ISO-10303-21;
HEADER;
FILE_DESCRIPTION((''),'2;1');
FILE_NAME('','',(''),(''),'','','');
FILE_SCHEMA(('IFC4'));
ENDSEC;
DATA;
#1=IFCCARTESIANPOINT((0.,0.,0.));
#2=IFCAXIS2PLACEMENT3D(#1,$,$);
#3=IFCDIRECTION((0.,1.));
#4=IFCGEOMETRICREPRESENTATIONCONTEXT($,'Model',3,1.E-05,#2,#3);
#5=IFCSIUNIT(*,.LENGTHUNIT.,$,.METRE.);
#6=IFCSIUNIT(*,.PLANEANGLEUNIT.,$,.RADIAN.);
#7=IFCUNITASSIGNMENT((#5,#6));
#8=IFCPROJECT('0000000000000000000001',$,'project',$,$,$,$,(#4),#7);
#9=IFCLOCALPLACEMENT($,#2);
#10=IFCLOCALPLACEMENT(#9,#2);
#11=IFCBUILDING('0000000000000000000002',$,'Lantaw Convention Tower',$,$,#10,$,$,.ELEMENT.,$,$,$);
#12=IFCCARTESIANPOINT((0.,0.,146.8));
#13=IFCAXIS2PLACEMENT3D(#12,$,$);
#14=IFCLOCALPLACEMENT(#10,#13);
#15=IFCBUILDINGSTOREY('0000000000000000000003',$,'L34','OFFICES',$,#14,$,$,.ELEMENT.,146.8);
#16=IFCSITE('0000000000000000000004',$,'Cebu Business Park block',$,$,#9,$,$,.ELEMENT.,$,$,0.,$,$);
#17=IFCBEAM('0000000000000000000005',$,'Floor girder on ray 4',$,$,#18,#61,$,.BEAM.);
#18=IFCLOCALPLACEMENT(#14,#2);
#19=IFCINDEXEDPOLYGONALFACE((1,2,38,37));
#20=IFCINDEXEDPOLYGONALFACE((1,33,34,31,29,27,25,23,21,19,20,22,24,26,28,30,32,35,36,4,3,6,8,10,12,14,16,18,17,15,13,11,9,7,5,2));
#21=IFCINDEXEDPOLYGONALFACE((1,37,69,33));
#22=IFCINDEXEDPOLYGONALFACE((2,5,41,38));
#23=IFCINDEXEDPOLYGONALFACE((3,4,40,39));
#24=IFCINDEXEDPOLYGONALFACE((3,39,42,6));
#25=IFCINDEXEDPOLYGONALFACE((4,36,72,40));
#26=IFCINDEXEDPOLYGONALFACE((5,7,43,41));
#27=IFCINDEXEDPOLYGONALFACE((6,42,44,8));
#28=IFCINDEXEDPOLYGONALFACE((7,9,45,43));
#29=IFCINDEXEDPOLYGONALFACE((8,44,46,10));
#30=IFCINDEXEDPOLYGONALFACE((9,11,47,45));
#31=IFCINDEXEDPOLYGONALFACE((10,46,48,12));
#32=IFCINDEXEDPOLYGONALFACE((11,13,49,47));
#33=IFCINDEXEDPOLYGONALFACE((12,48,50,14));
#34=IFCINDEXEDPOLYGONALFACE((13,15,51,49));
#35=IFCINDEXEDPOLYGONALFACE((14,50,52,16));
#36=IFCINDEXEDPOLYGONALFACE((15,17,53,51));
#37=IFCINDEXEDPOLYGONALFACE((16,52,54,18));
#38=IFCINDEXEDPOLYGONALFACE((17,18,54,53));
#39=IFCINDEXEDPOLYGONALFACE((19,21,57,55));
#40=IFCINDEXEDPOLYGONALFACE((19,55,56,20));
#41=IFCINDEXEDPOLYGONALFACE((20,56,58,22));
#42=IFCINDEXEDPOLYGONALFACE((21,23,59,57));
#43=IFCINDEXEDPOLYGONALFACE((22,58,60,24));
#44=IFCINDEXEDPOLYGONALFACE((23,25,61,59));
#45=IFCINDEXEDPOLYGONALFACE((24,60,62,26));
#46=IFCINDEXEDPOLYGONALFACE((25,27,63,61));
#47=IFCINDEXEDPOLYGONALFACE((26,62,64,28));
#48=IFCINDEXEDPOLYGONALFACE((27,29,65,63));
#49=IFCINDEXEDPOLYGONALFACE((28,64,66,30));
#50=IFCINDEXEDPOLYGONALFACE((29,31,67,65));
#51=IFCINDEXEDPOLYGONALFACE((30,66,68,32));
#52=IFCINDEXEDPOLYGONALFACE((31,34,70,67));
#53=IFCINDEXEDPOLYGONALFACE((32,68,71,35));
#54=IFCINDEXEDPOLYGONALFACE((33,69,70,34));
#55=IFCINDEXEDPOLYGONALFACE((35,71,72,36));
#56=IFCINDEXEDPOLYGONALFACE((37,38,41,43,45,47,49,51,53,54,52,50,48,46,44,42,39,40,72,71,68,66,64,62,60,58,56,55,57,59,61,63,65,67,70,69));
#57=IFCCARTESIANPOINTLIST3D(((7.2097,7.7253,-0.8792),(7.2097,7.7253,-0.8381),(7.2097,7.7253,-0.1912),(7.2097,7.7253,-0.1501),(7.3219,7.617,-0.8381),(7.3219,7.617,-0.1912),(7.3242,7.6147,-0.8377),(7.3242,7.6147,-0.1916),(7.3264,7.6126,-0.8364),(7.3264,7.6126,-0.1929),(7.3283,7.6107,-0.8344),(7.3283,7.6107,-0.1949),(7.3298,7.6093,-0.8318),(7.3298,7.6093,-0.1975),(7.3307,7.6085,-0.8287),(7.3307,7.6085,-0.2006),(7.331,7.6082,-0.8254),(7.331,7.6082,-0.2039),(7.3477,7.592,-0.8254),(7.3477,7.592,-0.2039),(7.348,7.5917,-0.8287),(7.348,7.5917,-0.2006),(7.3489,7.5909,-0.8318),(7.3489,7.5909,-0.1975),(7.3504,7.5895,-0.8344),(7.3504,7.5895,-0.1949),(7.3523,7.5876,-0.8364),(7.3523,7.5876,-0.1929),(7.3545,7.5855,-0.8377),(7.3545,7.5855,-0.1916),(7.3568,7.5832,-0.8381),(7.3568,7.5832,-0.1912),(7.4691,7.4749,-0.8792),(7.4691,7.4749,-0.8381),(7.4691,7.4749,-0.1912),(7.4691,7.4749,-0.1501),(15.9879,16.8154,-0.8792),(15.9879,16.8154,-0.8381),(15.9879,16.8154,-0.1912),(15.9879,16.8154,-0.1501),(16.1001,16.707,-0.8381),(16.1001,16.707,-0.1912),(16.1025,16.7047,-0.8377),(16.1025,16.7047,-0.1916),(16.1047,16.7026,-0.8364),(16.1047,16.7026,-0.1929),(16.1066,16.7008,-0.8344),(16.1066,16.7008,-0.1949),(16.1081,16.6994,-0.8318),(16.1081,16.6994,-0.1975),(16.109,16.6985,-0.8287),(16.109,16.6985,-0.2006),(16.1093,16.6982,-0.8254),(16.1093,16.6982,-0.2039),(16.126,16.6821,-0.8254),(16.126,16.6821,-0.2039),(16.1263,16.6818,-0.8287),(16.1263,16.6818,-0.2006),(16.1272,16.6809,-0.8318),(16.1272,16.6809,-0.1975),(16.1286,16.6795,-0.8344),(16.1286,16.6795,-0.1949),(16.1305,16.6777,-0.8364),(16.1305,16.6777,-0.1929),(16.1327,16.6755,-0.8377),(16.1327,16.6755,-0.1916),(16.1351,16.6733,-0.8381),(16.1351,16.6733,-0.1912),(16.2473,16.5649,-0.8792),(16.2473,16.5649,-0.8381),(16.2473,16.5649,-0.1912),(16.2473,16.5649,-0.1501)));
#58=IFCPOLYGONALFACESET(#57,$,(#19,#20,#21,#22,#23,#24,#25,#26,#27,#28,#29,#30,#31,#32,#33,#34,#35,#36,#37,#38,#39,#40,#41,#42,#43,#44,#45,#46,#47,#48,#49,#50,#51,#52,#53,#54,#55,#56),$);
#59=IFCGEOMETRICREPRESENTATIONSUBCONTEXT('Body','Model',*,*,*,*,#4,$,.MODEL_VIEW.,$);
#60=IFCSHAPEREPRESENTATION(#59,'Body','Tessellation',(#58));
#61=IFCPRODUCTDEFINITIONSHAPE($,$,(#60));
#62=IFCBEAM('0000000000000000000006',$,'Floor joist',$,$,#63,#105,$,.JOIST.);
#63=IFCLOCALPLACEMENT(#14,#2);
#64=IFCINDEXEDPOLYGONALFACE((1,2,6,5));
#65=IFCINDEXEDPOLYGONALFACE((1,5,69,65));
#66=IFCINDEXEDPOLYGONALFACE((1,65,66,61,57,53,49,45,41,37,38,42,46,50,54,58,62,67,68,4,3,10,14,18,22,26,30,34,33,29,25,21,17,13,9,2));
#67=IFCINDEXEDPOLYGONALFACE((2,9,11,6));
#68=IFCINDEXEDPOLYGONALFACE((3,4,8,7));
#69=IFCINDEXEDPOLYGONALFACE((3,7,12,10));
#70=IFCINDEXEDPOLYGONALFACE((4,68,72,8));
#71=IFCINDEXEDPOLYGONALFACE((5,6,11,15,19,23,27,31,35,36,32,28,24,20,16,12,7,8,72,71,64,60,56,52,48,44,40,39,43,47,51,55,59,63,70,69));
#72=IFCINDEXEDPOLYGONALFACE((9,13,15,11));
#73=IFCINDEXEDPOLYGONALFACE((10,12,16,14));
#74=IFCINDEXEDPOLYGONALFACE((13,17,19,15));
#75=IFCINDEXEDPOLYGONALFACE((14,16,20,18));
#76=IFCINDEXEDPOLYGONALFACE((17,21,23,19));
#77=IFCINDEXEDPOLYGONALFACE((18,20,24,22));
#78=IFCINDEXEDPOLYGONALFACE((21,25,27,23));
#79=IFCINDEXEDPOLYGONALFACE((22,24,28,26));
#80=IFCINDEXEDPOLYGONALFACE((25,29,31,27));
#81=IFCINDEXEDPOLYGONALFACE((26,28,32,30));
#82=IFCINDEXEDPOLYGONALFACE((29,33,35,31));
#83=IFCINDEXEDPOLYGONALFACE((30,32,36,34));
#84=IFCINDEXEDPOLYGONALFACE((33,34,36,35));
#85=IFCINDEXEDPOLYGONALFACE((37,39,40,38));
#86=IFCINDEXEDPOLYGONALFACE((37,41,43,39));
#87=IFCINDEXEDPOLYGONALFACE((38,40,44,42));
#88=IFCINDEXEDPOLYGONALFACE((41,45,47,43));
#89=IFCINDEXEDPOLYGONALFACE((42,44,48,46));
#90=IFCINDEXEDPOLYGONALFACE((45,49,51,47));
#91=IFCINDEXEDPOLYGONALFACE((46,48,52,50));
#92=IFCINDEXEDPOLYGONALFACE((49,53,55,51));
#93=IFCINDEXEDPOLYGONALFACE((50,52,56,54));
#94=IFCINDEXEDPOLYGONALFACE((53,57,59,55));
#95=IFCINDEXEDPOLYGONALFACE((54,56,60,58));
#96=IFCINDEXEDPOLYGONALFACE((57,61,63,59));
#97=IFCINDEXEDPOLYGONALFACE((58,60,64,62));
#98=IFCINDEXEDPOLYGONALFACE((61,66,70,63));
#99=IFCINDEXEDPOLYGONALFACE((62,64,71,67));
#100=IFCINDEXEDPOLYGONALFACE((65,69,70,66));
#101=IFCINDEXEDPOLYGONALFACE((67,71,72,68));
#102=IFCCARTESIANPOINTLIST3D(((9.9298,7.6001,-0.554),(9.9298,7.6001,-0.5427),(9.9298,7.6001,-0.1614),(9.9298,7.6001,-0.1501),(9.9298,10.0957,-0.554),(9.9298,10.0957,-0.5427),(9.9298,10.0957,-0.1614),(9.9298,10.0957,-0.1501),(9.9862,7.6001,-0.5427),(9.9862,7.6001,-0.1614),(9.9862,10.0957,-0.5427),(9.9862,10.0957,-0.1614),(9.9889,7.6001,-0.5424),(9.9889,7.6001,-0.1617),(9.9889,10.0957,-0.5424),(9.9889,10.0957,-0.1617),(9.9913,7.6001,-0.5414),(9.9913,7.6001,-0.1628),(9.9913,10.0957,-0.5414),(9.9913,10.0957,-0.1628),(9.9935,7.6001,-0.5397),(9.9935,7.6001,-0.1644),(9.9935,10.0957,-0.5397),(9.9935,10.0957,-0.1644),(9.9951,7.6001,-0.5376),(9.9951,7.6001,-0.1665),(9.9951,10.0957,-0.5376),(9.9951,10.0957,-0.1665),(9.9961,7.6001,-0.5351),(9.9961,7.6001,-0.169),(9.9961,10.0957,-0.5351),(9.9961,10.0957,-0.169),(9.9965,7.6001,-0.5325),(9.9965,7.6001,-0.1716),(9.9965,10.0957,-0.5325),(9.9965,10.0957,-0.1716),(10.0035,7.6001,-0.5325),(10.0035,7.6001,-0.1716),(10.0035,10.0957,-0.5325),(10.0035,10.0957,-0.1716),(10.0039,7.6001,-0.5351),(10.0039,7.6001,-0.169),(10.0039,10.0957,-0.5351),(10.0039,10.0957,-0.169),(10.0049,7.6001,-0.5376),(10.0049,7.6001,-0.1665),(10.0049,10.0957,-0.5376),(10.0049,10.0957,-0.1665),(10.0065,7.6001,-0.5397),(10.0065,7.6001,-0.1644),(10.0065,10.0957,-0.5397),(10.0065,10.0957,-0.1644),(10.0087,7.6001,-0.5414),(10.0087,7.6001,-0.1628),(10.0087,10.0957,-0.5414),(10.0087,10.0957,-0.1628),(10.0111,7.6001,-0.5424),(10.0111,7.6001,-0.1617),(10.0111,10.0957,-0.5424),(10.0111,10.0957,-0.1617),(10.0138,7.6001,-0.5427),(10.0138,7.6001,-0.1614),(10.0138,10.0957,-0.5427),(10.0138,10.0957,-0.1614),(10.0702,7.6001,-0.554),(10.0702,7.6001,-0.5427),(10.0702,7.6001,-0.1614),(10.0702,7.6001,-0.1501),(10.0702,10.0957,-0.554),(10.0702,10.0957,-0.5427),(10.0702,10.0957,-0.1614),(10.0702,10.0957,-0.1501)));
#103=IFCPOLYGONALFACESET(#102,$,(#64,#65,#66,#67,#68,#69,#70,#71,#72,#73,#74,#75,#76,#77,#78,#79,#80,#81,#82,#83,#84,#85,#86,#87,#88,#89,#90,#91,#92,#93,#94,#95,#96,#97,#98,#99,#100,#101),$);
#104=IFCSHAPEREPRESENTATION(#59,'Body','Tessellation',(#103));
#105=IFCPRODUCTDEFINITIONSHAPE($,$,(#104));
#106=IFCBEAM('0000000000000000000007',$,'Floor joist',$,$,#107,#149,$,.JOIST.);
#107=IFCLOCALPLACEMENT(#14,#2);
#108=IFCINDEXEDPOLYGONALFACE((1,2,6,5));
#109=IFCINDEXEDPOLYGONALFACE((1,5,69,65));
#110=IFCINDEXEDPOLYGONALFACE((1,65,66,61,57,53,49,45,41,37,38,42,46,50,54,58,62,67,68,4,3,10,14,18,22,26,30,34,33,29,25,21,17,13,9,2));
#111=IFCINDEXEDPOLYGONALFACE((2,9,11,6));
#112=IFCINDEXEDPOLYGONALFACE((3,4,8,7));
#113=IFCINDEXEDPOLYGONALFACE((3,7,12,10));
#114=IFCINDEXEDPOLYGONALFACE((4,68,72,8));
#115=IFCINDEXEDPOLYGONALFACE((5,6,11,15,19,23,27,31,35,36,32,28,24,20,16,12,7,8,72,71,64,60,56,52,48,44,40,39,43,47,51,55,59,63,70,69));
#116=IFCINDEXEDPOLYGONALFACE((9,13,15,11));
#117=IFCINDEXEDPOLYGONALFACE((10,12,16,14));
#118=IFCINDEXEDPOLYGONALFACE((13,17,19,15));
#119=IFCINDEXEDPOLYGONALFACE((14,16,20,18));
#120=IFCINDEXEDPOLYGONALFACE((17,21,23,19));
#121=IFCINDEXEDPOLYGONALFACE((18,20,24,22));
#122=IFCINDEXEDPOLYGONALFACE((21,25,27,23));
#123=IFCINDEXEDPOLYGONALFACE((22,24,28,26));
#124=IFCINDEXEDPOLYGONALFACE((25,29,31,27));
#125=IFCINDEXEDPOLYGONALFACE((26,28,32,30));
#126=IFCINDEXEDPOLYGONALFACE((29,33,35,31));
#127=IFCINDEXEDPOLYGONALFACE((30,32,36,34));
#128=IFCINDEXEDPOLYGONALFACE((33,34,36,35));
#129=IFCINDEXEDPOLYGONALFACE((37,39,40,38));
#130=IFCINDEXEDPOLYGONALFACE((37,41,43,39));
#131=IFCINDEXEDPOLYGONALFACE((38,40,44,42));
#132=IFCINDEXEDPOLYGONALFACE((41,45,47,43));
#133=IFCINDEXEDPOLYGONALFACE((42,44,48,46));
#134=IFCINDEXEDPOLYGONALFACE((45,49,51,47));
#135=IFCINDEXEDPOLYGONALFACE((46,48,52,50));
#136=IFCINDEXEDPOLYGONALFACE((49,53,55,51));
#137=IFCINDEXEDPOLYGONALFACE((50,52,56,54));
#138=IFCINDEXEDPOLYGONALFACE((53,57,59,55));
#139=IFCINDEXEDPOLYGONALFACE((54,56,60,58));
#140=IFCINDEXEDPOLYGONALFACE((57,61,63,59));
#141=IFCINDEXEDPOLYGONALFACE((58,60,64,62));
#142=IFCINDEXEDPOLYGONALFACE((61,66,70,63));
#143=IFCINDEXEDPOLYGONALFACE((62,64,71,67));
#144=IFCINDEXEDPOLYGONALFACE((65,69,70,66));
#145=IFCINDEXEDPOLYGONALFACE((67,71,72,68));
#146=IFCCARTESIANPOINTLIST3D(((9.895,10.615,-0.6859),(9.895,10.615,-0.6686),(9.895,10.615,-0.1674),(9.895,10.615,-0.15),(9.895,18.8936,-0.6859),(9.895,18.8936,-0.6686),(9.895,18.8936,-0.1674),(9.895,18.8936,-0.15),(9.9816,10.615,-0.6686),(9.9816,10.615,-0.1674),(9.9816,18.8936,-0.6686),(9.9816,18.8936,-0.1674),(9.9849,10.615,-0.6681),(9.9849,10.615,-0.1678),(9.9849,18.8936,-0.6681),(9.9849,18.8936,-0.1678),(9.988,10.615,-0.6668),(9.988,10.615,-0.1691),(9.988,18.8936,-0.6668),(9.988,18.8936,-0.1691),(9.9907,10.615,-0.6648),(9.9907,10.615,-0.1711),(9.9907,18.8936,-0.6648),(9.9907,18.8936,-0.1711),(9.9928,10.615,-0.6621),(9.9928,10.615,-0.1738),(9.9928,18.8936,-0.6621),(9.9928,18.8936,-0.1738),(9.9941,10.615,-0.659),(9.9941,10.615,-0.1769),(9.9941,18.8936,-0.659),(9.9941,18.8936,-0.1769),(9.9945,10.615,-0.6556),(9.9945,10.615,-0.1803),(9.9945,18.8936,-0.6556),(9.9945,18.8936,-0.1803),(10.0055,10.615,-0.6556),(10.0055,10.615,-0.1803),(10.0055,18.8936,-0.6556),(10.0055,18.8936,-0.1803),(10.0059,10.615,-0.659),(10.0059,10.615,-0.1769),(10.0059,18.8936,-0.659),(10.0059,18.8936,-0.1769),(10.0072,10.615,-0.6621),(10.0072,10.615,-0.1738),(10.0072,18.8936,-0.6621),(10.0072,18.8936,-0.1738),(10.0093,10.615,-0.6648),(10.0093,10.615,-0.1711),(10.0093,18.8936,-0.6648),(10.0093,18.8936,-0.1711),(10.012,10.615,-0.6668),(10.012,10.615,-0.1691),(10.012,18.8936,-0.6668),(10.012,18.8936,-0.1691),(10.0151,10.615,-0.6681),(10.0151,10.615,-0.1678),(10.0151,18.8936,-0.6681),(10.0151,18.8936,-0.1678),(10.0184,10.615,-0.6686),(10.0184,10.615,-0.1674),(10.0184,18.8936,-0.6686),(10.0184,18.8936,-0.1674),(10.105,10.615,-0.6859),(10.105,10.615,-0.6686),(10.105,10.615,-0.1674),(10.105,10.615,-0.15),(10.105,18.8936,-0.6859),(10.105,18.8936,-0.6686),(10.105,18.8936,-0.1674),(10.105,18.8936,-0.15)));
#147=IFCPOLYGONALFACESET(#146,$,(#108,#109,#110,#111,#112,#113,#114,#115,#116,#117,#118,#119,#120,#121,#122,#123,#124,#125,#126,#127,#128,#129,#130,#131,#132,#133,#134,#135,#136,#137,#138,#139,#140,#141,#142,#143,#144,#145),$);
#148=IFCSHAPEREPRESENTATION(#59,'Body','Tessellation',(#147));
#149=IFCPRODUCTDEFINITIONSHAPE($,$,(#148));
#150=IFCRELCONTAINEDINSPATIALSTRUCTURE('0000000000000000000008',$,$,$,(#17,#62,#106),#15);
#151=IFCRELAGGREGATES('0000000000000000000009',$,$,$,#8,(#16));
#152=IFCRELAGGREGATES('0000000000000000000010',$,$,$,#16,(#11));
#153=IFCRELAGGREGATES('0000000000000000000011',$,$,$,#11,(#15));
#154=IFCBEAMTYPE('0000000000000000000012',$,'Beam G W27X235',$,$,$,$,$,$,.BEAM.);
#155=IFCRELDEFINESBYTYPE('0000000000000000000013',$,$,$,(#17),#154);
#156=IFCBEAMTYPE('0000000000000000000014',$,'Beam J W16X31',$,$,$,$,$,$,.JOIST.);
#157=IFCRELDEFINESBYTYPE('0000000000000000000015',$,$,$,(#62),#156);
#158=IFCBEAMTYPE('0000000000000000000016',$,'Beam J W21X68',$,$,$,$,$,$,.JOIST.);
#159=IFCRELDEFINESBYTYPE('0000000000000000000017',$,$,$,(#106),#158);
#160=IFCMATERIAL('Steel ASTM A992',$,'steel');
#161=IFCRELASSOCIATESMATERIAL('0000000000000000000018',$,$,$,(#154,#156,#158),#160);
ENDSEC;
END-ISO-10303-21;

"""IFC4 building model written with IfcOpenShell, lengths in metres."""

from ifc_helpers import new_model, si_unit, direction, frame, origin, origin_2d, place, context, subcontext, project, spatial, i_section, extrude, material, material_profile, profile_set, type_object, element, save


model = new_model("IFC4")

# Units and contexts
model_context = context("Model", 3, precision=1e-05, world=origin(), true_north=direction((0.0, 1.0)))
body_context = subcontext(model_context, "Body", "Model", "MODEL_VIEW")
ifc_project = project(units=[si_unit("LENGTHUNIT", "METRE"), si_unit("PLANEANGLEUNIT", "RADIAN")], contexts=[model_context])

# Site, building, storey
site_placement = place(None, origin())
site = spatial("IfcSite", under=ifc_project, at=site_placement, Name="Cebu Business Park block", CompositionType="ELEMENT", RefElevation=0.0)
building_placement = place(site_placement, origin())
building = spatial("IfcBuilding", under=site, at=building_placement, Name="Lantaw Convention Tower", CompositionType="ELEMENT")
storey_placement = place(building_placement, frame((0.0, 0.0, 146.8)))
storey = spatial("IfcBuildingStorey", under=building, at=storey_placement, Name="L34", Description="OFFICES", CompositionType="ELEMENT", Elevation=146.8)

# Beams
ifc_material_1 = material(Name="Steel ASTM A992", Category="steel")
ifc_material_profile_1 = material_profile(ifc_material_1, i_section(OverallWidth=0.3606, OverallDepth=0.729, WebThickness=0.0232, FlangeThickness=0.041, FilletRadius=0.0127, at=origin_2d()), Name="W27X235")
ifc_profile_set_1 = profile_set([ifc_material_profile_1], Name="Steel ASTM A992")
beam_type_1 = type_object("IfcBeamType", Name="Beam G W27X235", PredefinedType="BEAM", material=ifc_profile_set_1)
beam_1_placement = place(storey_placement, frame((7.3394, 7.6001, -0.5146), z_axis=(0.694663, 0.719335, 0.0), x_axis=(-0.719335, 0.694663, 0.0)))
element("IfcBeam", 1, at=beam_1_placement, inside=storey, type_object=beam_type_1, Name="Floor girder on ray 4", PredefinedType="BEAM", context=body_context, shape_type="SweptSolid", body=[
    extrude(i_section(OverallWidth=0.3606, OverallDepth=0.729, WebThickness=0.0232, FlangeThickness=0.041, FilletRadius=0.0127, at=origin_2d()), origin(), (0.0, 0.0, 1.0), 12.6367),
])
ifc_material_profile_2 = material_profile(ifc_material_1, i_section(OverallWidth=0.1404, OverallDepth=0.4038, WebThickness=0.0071, FlangeThickness=0.0112, FilletRadius=0.0103, at=origin_2d()), Name="W16X31")
ifc_profile_set_2 = profile_set([ifc_material_profile_2], Name="Steel ASTM A992")
beam_type_2 = type_object("IfcBeamType", Name="Beam J W16X31", PredefinedType="JOIST", material=ifc_profile_set_2)
beam_2_placement = place(storey_placement, frame((10.0, 7.6001, -0.3521), z_axis=(0.0, 1.0, 0.0), x_axis=(-1.0, 0.0, 0.0)))
element("IfcBeam", 2, at=beam_2_placement, inside=storey, type_object=beam_type_2, Name="Floor joist", PredefinedType="JOIST", context=body_context, shape_type="SweptSolid", body=[
    extrude(i_section(OverallWidth=0.1404, OverallDepth=0.4038, WebThickness=0.0071, FlangeThickness=0.0112, FilletRadius=0.0103, at=origin_2d()), origin(), (0.0, 0.0, 1.0), 2.4956),
])
ifc_material_profile_3 = material_profile(ifc_material_1, i_section(OverallWidth=0.21, OverallDepth=0.5359, WebThickness=0.011, FlangeThickness=0.0173, FilletRadius=0.0129, at=origin_2d()), Name="W21X68")
ifc_profile_set_3 = profile_set([ifc_material_profile_3], Name="Steel ASTM A992")
beam_type_3 = type_object("IfcBeamType", Name="Beam J W21X68", PredefinedType="JOIST", material=ifc_profile_set_3)
beam_3_placement = place(storey_placement, frame((10.0, 10.615, -0.418), z_axis=(0.0, 1.0, 0.0), x_axis=(-1.0, 0.0, 0.0)))
element("IfcBeam", 3, at=beam_3_placement, inside=storey, type_object=beam_type_3, Name="Floor joist", PredefinedType="JOIST", context=body_context, shape_type="SweptSolid", body=[
    extrude(i_section(OverallWidth=0.21, OverallDepth=0.5359, WebThickness=0.011, FlangeThickness=0.0173, FilletRadius=0.0129, at=origin_2d()), origin(), (0.0, 0.0, 1.0), 8.2786),
])

save(model, "model.ifc")
